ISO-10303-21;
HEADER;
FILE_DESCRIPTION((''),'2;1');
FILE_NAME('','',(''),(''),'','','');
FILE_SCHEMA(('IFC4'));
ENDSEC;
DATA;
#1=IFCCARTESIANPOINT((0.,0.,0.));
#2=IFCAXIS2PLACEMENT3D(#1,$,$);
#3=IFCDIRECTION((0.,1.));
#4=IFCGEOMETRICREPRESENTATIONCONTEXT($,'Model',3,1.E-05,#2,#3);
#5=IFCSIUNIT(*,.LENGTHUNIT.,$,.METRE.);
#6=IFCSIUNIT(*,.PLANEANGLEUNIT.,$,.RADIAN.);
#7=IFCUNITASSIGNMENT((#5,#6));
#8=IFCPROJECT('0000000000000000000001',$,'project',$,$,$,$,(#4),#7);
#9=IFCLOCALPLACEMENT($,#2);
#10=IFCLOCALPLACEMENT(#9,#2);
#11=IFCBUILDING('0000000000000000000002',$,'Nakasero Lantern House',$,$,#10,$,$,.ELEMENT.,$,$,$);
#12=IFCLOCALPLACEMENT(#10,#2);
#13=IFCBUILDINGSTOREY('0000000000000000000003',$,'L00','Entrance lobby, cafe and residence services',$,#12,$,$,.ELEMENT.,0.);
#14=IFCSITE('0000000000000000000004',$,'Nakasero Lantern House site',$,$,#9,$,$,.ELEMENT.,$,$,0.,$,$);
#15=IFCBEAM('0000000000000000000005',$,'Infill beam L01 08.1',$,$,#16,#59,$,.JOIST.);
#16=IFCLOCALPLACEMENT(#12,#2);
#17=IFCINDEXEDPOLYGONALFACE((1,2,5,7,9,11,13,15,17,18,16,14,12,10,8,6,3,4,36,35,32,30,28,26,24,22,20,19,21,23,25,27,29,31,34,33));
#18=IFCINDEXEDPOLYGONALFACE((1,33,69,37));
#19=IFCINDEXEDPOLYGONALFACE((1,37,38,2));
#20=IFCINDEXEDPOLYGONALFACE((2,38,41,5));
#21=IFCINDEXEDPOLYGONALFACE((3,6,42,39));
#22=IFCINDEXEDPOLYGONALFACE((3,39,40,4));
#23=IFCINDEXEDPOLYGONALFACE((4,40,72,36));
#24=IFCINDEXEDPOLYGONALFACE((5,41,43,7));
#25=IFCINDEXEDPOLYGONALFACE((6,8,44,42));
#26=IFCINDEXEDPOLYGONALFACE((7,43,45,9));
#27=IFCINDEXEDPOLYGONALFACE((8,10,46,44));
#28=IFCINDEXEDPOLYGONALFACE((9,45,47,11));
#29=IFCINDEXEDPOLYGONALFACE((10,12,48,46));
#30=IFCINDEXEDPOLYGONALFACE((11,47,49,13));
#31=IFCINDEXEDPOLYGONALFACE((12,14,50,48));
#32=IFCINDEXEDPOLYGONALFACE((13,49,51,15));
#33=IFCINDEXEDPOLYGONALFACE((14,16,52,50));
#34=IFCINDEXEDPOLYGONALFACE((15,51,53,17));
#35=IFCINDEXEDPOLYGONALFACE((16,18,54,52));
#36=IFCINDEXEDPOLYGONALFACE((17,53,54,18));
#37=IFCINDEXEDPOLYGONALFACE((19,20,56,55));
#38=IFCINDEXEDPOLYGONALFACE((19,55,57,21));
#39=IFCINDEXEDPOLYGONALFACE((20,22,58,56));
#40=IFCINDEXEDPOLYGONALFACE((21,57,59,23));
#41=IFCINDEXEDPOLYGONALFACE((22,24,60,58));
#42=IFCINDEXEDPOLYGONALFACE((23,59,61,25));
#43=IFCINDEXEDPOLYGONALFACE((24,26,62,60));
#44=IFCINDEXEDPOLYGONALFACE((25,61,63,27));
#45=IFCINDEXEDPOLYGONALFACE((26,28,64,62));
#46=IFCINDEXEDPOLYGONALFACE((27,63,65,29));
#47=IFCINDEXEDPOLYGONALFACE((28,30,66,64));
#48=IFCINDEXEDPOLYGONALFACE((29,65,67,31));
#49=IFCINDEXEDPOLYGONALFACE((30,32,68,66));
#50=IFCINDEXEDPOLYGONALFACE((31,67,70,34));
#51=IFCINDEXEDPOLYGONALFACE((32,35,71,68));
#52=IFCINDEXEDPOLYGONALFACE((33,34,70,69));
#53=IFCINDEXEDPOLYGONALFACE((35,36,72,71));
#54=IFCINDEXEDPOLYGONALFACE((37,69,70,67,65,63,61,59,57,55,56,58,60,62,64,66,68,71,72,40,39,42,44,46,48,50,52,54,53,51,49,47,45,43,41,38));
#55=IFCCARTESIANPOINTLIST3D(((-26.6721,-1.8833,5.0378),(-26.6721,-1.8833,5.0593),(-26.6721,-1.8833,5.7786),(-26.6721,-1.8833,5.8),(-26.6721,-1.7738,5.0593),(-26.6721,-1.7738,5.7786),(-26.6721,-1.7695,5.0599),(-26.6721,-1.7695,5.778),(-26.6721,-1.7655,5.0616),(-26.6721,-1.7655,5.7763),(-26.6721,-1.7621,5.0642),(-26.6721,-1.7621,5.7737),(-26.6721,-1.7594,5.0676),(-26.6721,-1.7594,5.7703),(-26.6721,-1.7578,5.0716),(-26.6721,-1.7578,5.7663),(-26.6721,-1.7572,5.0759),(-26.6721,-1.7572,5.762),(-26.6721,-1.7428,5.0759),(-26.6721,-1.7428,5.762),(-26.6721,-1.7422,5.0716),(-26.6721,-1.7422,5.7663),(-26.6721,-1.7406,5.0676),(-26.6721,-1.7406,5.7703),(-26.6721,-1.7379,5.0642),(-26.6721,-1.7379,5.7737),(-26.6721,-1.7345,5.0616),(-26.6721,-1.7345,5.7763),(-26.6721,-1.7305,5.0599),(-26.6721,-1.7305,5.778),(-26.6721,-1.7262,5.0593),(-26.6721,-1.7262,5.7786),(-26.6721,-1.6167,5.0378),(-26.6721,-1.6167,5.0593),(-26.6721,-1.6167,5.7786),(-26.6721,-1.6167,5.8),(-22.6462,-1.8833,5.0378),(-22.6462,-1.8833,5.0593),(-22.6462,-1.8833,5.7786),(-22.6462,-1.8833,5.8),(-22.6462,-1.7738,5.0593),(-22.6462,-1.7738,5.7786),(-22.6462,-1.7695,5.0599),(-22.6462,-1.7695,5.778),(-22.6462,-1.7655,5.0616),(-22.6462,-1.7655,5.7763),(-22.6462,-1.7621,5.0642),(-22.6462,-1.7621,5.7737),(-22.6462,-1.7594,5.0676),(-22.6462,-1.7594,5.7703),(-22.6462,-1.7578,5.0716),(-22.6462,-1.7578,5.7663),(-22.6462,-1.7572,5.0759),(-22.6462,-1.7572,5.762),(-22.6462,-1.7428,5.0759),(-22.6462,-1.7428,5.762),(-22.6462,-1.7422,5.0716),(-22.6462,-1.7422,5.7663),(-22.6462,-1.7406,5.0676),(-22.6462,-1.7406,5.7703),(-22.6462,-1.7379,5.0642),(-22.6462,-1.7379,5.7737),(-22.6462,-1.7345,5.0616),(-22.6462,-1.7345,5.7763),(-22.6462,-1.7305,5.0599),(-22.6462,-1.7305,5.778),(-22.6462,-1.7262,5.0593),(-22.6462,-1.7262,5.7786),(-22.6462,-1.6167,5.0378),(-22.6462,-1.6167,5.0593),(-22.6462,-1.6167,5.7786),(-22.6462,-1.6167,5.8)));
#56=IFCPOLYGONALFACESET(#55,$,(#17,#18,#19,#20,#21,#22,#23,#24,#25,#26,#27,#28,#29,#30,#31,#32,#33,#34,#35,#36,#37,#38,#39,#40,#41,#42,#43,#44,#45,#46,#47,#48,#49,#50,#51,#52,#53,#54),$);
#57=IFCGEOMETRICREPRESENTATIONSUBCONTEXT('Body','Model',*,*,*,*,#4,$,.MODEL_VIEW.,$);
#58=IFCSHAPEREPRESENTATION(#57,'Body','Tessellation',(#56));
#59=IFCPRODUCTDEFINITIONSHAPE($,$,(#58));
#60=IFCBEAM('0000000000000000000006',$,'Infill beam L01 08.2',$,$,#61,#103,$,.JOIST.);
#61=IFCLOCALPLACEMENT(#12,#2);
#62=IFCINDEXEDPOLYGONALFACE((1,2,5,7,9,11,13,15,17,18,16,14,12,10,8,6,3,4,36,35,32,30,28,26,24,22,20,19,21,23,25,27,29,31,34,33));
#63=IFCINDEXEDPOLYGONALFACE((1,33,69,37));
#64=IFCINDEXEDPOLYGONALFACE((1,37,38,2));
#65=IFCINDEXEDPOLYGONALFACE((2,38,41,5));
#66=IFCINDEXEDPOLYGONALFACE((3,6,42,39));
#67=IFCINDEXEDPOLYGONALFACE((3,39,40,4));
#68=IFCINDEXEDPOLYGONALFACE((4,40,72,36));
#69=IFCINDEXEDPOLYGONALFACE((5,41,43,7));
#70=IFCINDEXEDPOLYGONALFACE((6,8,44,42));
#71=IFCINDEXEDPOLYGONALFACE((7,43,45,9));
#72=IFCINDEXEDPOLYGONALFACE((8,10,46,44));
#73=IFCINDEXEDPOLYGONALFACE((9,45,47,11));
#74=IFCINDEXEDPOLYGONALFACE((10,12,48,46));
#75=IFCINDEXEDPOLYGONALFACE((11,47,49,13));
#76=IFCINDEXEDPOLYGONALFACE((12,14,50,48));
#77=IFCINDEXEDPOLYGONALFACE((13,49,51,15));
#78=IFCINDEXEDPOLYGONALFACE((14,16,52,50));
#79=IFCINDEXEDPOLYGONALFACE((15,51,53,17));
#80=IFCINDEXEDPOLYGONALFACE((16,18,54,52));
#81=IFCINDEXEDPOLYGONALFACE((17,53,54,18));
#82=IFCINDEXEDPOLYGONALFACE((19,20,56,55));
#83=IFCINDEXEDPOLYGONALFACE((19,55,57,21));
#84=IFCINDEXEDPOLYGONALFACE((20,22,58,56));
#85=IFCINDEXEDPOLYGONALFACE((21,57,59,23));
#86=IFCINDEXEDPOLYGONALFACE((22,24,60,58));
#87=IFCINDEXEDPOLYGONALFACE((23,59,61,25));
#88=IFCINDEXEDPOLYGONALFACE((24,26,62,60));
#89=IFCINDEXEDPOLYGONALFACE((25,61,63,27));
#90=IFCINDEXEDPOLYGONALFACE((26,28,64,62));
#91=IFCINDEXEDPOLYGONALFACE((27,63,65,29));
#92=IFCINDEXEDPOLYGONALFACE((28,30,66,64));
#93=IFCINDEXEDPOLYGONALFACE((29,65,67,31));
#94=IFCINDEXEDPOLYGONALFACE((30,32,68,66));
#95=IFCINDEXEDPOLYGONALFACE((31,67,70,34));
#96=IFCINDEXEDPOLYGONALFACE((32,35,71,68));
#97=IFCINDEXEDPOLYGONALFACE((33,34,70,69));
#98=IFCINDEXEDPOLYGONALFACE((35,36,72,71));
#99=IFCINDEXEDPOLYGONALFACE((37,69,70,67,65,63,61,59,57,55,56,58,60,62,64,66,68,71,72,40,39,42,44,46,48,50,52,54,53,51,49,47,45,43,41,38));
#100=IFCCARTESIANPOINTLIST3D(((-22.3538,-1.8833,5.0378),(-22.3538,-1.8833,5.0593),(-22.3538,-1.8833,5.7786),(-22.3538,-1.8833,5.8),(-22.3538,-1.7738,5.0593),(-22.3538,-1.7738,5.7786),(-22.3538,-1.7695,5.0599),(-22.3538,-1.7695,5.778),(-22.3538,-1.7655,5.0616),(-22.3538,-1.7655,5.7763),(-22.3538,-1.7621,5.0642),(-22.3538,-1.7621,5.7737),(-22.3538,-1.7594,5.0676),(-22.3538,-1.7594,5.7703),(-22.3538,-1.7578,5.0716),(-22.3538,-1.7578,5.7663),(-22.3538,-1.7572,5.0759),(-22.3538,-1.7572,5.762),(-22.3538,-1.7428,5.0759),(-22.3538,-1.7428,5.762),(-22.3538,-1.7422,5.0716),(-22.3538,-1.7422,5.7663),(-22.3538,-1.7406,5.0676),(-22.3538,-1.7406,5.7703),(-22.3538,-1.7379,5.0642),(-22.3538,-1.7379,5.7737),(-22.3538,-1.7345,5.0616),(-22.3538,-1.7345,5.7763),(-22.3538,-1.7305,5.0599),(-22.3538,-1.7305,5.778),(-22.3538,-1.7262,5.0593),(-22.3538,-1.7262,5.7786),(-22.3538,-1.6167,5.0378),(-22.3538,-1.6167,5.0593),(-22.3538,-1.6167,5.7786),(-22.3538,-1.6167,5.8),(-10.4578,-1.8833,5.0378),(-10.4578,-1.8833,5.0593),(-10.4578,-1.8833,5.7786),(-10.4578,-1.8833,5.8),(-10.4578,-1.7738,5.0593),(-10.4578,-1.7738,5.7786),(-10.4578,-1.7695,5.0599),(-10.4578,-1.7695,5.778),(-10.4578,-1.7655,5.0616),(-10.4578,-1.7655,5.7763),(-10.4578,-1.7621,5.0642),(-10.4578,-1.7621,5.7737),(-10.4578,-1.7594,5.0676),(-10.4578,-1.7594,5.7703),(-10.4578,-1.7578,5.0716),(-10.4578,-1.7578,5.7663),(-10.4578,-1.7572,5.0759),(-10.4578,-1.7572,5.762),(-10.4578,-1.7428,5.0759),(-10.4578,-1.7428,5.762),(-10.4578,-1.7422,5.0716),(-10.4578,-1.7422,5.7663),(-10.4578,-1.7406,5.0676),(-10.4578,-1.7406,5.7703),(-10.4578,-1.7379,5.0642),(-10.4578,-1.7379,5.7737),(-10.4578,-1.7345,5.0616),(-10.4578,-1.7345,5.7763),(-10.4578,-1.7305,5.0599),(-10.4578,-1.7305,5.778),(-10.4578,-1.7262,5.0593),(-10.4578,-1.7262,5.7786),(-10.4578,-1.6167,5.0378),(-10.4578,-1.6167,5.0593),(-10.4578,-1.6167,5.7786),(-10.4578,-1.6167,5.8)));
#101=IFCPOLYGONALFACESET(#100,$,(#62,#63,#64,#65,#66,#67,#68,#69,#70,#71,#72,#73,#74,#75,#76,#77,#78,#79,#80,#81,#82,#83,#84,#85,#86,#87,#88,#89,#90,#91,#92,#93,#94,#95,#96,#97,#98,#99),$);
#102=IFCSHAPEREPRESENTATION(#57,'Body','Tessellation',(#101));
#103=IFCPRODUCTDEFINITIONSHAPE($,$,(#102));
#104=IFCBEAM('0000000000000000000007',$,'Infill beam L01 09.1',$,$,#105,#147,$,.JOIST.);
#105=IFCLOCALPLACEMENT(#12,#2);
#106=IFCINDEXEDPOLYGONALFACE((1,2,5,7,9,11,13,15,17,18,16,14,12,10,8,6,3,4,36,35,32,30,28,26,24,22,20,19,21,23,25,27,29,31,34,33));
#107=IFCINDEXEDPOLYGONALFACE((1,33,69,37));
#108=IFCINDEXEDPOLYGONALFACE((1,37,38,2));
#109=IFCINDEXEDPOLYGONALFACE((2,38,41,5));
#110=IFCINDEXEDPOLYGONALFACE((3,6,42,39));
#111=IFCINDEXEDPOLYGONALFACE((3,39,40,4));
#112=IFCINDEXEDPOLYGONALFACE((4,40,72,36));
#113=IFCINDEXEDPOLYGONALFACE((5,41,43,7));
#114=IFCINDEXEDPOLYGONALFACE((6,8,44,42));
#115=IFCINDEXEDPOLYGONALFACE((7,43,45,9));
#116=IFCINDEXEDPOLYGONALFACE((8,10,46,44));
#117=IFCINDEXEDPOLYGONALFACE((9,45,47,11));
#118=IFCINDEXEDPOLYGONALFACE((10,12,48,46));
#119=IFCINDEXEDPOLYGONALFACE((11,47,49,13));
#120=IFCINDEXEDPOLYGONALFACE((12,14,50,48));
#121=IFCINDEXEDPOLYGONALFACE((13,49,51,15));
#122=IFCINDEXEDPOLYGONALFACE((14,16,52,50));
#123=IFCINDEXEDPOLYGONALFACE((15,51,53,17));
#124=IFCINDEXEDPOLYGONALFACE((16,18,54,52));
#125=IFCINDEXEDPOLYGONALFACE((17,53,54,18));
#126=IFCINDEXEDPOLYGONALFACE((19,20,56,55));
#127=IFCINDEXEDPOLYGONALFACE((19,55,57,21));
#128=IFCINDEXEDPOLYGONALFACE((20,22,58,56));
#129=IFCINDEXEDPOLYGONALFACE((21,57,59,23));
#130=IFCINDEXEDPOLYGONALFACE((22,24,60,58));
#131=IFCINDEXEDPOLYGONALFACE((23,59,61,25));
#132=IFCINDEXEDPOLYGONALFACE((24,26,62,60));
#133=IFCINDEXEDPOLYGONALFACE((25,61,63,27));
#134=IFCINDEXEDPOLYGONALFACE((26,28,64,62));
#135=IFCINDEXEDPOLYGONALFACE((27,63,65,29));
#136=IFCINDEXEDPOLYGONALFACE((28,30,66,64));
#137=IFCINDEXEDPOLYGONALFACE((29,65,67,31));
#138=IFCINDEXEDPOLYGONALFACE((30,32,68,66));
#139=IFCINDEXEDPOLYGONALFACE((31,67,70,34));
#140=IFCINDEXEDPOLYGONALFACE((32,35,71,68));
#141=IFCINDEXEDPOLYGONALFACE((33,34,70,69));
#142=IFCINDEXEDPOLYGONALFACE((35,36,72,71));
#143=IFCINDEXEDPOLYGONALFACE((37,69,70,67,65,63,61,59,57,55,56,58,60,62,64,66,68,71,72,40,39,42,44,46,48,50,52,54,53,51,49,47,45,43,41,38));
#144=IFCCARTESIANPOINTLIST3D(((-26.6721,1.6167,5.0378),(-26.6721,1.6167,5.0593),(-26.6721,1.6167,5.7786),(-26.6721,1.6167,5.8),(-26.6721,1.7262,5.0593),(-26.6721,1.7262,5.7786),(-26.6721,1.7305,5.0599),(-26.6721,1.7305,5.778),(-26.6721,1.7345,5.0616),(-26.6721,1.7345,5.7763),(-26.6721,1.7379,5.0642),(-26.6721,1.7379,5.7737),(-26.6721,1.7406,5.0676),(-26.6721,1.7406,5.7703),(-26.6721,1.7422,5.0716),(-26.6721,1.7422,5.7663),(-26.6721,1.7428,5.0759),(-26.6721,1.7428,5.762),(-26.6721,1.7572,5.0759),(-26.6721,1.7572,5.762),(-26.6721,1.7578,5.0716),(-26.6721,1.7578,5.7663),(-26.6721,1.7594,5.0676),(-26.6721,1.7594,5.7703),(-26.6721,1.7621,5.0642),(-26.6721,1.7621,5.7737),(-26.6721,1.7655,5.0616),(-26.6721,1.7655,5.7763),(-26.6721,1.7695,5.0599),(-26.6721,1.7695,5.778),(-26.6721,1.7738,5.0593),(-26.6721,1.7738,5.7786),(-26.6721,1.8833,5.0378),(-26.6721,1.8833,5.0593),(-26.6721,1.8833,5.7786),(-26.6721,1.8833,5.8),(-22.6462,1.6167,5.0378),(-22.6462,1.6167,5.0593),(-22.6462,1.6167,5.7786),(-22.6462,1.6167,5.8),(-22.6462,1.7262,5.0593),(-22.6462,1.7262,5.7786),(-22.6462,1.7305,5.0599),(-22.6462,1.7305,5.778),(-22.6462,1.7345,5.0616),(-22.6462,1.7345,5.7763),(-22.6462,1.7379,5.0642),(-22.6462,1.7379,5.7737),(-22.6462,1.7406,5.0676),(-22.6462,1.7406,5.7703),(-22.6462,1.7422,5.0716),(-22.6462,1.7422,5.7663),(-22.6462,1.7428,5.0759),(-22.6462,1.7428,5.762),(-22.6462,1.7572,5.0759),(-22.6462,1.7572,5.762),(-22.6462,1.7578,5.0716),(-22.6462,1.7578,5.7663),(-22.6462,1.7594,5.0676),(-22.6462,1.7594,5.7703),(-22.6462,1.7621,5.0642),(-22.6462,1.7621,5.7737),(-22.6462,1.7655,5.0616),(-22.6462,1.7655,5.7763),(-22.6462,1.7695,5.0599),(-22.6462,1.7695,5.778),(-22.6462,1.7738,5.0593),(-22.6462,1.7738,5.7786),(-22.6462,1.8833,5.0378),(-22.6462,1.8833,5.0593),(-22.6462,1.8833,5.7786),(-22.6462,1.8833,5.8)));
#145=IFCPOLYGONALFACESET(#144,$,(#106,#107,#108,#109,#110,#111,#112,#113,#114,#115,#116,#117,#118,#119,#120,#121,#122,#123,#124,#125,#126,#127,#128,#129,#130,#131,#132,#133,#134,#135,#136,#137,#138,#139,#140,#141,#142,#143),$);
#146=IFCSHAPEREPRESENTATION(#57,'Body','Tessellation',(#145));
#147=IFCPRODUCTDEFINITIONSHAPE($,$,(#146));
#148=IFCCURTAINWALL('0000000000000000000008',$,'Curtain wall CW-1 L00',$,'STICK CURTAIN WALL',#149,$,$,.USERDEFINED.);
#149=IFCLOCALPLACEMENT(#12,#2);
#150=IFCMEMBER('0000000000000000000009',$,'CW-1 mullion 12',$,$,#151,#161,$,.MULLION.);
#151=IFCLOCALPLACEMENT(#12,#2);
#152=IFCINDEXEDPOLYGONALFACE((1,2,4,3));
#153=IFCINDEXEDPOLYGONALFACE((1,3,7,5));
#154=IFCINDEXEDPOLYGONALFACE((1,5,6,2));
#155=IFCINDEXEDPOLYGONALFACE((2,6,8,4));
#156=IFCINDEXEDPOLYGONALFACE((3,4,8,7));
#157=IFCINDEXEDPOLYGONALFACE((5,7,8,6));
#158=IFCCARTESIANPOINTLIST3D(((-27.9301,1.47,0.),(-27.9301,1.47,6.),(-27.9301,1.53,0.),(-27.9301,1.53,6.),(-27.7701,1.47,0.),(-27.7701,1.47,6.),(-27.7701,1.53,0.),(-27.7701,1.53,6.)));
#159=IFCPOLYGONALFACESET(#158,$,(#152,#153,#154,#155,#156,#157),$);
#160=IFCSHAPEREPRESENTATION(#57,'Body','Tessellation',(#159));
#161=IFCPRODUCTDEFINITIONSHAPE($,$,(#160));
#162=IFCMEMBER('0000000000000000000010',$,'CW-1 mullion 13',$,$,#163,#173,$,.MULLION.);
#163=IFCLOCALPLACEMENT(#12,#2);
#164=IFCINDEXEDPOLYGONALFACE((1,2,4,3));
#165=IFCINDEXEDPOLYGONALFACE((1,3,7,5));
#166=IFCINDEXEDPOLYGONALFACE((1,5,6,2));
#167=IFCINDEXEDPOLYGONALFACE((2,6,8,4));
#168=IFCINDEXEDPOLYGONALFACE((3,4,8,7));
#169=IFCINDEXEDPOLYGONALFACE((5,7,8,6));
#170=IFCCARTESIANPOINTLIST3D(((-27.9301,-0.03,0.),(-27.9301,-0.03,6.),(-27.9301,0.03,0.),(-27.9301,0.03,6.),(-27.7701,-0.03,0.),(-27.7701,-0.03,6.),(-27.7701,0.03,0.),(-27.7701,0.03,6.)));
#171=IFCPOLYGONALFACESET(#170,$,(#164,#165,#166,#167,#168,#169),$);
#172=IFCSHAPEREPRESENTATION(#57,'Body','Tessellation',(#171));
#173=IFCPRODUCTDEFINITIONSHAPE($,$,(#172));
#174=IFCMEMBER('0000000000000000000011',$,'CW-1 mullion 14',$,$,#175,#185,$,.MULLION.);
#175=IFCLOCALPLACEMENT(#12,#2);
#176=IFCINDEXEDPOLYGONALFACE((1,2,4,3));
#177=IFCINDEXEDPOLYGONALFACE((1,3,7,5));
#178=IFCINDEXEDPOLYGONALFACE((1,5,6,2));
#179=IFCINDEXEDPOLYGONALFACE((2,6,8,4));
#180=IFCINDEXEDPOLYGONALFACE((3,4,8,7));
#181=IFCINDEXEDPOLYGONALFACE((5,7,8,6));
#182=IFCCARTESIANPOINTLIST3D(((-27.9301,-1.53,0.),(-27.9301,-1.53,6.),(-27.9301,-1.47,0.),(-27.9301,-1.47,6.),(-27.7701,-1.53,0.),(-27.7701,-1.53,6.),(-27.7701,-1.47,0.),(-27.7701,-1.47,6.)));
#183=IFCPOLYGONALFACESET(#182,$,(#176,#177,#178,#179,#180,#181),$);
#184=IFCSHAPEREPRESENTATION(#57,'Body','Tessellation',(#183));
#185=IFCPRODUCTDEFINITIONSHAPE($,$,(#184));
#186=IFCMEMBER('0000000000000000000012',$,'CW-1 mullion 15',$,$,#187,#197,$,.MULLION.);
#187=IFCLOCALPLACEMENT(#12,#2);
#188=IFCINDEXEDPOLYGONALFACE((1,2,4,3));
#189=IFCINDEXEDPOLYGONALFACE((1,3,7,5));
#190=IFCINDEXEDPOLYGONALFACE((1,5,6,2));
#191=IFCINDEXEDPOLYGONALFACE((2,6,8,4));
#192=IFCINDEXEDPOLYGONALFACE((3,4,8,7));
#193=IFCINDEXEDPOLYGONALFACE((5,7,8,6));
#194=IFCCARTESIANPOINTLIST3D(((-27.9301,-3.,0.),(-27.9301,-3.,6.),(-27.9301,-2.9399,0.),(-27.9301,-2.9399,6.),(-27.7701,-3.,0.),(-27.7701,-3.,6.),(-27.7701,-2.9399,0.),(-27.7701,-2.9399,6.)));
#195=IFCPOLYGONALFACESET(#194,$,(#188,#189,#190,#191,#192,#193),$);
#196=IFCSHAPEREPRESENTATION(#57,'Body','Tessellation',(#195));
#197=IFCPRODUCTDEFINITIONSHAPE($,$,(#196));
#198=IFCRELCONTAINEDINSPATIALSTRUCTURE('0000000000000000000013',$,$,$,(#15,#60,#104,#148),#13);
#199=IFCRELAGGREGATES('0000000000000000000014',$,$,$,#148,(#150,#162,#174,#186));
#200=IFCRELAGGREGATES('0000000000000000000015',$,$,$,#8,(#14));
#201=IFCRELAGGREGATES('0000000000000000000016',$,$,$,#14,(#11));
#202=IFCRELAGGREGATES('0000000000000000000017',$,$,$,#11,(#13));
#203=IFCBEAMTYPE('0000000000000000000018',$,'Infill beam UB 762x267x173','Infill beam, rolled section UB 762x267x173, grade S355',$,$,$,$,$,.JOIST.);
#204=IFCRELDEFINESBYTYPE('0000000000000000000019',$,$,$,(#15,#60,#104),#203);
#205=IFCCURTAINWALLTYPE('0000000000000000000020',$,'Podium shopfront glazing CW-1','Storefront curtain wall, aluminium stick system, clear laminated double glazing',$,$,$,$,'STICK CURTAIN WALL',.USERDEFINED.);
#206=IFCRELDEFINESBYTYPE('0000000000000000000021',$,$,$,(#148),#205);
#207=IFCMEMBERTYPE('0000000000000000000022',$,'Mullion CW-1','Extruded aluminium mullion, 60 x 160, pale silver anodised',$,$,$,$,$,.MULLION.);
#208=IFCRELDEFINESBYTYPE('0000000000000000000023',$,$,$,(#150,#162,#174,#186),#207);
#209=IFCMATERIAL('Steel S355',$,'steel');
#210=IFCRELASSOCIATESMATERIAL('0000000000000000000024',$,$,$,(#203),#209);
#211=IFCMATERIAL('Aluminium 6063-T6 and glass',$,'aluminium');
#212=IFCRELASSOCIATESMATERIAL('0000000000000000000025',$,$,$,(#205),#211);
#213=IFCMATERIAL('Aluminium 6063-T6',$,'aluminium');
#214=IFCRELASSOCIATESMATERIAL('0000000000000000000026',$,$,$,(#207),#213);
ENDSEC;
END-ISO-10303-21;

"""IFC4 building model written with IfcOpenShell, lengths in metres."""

from ifc_helpers import new_model, si_unit, direction, frame, origin, origin_2d, place, context, subcontext, project, spatial, rectangle, i_section, extrude, material, material_profile, profile_set, type_object, element, aggregate, save


model = new_model("IFC4")

# Units and contexts
model_context = context("Model", 3, precision=1e-05, world=origin(), true_north=direction((0.0, 1.0)))
body_context = subcontext(model_context, "Body", "Model", "MODEL_VIEW")
ifc_project = project(units=[si_unit("LENGTHUNIT", "METRE"), si_unit("PLANEANGLEUNIT", "RADIAN")], contexts=[model_context])

# Site, building, storey
site_placement = place(None, origin())
site = spatial("IfcSite", under=ifc_project, at=site_placement, Name="Nakasero Lantern House site", CompositionType="ELEMENT", RefElevation=0.0)
building_placement = place(site_placement, origin())
building = spatial("IfcBuilding", under=site, at=building_placement, Name="Nakasero Lantern House", CompositionType="ELEMENT")
storey_placement = place(building_placement, origin())
storey = spatial("IfcBuildingStorey", under=building, at=storey_placement, Name="L00", Description="Entrance lobby, cafe and residence services", CompositionType="ELEMENT", Elevation=0.0)

# Beams
ifc_material_1 = material(Name="Steel S355", Category="steel")
ifc_material_profile_1 = material_profile(ifc_material_1, i_section(OverallWidth=0.2666, OverallDepth=0.7622, WebThickness=0.0144, FlangeThickness=0.0215, FilletRadius=0.0166, at=origin_2d()), Name="UB 762x267x173")
ifc_profile_set_1 = profile_set([ifc_material_profile_1], Name="Steel S355")
beam_type_1 = type_object("IfcBeamType", Name="Infill beam UB 762x267x173", Description="Infill beam, rolled section UB 762x267x173, grade S355", PredefinedType="JOIST", material=ifc_profile_set_1)
beam_1_placement = place(storey_placement, frame((-26.6721, -1.75, 5.4189), z_axis=(1.0, 0.0, 0.0), x_axis=(0.0, 1.0, 0.0)))
element("IfcBeam", 1, at=beam_1_placement, inside=storey, type_object=beam_type_1, Name="Infill beam L01 08.1", PredefinedType="JOIST", context=body_context, shape_type="SweptSolid", body=[
    extrude(i_section(OverallWidth=0.2666, OverallDepth=0.7622, WebThickness=0.0144, FlangeThickness=0.0215, FilletRadius=0.0166, at=origin_2d()), origin(), (0.0, 0.0, 1.0), 4.0259),
])
beam_2_placement = place(storey_placement, frame((-22.3538, -1.75, 5.4189), z_axis=(1.0, 0.0, 0.0), x_axis=(0.0, 1.0, 0.0)))
element("IfcBeam", 2, at=beam_2_placement, inside=storey, type_object=beam_type_1, Name="Infill beam L01 08.2", PredefinedType="JOIST", context=body_context, shape_type="SweptSolid", body=[
    extrude(i_section(OverallWidth=0.2666, OverallDepth=0.7622, WebThickness=0.0144, FlangeThickness=0.0215, FilletRadius=0.0166, at=origin_2d()), origin(), (0.0, 0.0, 1.0), 11.896),
])
beam_3_placement = place(storey_placement, frame((-26.6721, 1.75, 5.4189), z_axis=(1.0, 0.0, 0.0), x_axis=(0.0, 1.0, 0.0)))
element("IfcBeam", 3, at=beam_3_placement, inside=storey, type_object=beam_type_1, Name="Infill beam L01 09.1", PredefinedType="JOIST", context=body_context, shape_type="SweptSolid", body=[
    extrude(i_section(OverallWidth=0.2666, OverallDepth=0.7622, WebThickness=0.0144, FlangeThickness=0.0215, FilletRadius=0.0166, at=origin_2d()), origin(), (0.0, 0.0, 1.0), 4.0259),
])

# Curtain wall, members
ifc_material_2 = material(Name="Aluminium 6063-T6 and glass", Category="aluminium")
curtain_wall_type = type_object("IfcCurtainWallType", Name="Podium shopfront glazing CW-1", Description="Storefront curtain wall, aluminium stick system, clear laminated double glazing", ElementType="STICK CURTAIN WALL", PredefinedType="USERDEFINED", material=ifc_material_2)
curtain_wall_1_placement = place(storey_placement, origin())
curtain_wall_1 = element("IfcCurtainWall", 4, at=curtain_wall_1_placement, inside=storey, type_object=curtain_wall_type, Name="Curtain wall CW-1 L00", ObjectType="STICK CURTAIN WALL", PredefinedType="USERDEFINED")
ifc_material_3 = material(Name="Aluminium 6063-T6", Category="aluminium")
ifc_material_profile_2 = material_profile(ifc_material_3, rectangle(XDim=0.0601, YDim=0.1599, at=origin_2d()), Name="CW-1 mullion 60x160")
ifc_profile_set_2 = profile_set([ifc_material_profile_2], Name="Aluminium 6063-T6")
member_type_1 = type_object("IfcMemberType", Name="Mullion CW-1", Description="Extruded aluminium mullion, 60 x 160, pale silver anodised", PredefinedType="MULLION", material=ifc_profile_set_2)
member_1_placement = place(storey_placement, frame((-27.8501, 1.5, 0.0), z_axis=(0.0, 0.0, 1.0), x_axis=(0.0, -1.0, 0.0)))
member_1 = element("IfcMember", 5, at=member_1_placement, type_object=member_type_1, Name="CW-1 mullion 12", PredefinedType="MULLION", context=body_context, shape_type="SweptSolid", body=[
    extrude(rectangle(XDim=0.0601, YDim=0.1599, at=origin_2d()), origin(), (0.0, 0.0, 1.0), 6.0),
])
member_2_placement = place(storey_placement, frame((-27.8501, 0.0, 0.0), z_axis=(0.0, 0.0, 1.0), x_axis=(0.0, -1.0, 0.0)))
member_2 = element("IfcMember", 6, at=member_2_placement, type_object=member_type_1, Name="CW-1 mullion 13", PredefinedType="MULLION", context=body_context, shape_type="SweptSolid", body=[
    extrude(rectangle(XDim=0.0601, YDim=0.1599, at=origin_2d()), origin(), (0.0, 0.0, 1.0), 6.0),
])
member_3_placement = place(storey_placement, frame((-27.8501, -1.5, 0.0), z_axis=(0.0, 0.0, 1.0), x_axis=(0.0, -1.0, 0.0)))
member_3 = element("IfcMember", 7, at=member_3_placement, type_object=member_type_1, Name="CW-1 mullion 14", PredefinedType="MULLION", context=body_context, shape_type="SweptSolid", body=[
    extrude(rectangle(XDim=0.0601, YDim=0.1599, at=origin_2d()), origin(), (0.0, 0.0, 1.0), 6.0),
])
member_4_placement = place(storey_placement, frame((-27.8501, -2.97, 0.0), z_axis=(0.0, 0.0, 1.0), x_axis=(0.0, -1.0, 0.0)))
member_4 = element("IfcMember", 8, at=member_4_placement, type_object=member_type_1, Name="CW-1 mullion 15", PredefinedType="MULLION", context=body_context, shape_type="SweptSolid", body=[
    extrude(rectangle(XDim=0.0601, YDim=0.1599, at=origin_2d()), origin(), (0.0, 0.0, 1.0), 6.0),
])

aggregate(curtain_wall_1, [member_1, member_2, member_3, member_4])

save(model, "model.ifc")
